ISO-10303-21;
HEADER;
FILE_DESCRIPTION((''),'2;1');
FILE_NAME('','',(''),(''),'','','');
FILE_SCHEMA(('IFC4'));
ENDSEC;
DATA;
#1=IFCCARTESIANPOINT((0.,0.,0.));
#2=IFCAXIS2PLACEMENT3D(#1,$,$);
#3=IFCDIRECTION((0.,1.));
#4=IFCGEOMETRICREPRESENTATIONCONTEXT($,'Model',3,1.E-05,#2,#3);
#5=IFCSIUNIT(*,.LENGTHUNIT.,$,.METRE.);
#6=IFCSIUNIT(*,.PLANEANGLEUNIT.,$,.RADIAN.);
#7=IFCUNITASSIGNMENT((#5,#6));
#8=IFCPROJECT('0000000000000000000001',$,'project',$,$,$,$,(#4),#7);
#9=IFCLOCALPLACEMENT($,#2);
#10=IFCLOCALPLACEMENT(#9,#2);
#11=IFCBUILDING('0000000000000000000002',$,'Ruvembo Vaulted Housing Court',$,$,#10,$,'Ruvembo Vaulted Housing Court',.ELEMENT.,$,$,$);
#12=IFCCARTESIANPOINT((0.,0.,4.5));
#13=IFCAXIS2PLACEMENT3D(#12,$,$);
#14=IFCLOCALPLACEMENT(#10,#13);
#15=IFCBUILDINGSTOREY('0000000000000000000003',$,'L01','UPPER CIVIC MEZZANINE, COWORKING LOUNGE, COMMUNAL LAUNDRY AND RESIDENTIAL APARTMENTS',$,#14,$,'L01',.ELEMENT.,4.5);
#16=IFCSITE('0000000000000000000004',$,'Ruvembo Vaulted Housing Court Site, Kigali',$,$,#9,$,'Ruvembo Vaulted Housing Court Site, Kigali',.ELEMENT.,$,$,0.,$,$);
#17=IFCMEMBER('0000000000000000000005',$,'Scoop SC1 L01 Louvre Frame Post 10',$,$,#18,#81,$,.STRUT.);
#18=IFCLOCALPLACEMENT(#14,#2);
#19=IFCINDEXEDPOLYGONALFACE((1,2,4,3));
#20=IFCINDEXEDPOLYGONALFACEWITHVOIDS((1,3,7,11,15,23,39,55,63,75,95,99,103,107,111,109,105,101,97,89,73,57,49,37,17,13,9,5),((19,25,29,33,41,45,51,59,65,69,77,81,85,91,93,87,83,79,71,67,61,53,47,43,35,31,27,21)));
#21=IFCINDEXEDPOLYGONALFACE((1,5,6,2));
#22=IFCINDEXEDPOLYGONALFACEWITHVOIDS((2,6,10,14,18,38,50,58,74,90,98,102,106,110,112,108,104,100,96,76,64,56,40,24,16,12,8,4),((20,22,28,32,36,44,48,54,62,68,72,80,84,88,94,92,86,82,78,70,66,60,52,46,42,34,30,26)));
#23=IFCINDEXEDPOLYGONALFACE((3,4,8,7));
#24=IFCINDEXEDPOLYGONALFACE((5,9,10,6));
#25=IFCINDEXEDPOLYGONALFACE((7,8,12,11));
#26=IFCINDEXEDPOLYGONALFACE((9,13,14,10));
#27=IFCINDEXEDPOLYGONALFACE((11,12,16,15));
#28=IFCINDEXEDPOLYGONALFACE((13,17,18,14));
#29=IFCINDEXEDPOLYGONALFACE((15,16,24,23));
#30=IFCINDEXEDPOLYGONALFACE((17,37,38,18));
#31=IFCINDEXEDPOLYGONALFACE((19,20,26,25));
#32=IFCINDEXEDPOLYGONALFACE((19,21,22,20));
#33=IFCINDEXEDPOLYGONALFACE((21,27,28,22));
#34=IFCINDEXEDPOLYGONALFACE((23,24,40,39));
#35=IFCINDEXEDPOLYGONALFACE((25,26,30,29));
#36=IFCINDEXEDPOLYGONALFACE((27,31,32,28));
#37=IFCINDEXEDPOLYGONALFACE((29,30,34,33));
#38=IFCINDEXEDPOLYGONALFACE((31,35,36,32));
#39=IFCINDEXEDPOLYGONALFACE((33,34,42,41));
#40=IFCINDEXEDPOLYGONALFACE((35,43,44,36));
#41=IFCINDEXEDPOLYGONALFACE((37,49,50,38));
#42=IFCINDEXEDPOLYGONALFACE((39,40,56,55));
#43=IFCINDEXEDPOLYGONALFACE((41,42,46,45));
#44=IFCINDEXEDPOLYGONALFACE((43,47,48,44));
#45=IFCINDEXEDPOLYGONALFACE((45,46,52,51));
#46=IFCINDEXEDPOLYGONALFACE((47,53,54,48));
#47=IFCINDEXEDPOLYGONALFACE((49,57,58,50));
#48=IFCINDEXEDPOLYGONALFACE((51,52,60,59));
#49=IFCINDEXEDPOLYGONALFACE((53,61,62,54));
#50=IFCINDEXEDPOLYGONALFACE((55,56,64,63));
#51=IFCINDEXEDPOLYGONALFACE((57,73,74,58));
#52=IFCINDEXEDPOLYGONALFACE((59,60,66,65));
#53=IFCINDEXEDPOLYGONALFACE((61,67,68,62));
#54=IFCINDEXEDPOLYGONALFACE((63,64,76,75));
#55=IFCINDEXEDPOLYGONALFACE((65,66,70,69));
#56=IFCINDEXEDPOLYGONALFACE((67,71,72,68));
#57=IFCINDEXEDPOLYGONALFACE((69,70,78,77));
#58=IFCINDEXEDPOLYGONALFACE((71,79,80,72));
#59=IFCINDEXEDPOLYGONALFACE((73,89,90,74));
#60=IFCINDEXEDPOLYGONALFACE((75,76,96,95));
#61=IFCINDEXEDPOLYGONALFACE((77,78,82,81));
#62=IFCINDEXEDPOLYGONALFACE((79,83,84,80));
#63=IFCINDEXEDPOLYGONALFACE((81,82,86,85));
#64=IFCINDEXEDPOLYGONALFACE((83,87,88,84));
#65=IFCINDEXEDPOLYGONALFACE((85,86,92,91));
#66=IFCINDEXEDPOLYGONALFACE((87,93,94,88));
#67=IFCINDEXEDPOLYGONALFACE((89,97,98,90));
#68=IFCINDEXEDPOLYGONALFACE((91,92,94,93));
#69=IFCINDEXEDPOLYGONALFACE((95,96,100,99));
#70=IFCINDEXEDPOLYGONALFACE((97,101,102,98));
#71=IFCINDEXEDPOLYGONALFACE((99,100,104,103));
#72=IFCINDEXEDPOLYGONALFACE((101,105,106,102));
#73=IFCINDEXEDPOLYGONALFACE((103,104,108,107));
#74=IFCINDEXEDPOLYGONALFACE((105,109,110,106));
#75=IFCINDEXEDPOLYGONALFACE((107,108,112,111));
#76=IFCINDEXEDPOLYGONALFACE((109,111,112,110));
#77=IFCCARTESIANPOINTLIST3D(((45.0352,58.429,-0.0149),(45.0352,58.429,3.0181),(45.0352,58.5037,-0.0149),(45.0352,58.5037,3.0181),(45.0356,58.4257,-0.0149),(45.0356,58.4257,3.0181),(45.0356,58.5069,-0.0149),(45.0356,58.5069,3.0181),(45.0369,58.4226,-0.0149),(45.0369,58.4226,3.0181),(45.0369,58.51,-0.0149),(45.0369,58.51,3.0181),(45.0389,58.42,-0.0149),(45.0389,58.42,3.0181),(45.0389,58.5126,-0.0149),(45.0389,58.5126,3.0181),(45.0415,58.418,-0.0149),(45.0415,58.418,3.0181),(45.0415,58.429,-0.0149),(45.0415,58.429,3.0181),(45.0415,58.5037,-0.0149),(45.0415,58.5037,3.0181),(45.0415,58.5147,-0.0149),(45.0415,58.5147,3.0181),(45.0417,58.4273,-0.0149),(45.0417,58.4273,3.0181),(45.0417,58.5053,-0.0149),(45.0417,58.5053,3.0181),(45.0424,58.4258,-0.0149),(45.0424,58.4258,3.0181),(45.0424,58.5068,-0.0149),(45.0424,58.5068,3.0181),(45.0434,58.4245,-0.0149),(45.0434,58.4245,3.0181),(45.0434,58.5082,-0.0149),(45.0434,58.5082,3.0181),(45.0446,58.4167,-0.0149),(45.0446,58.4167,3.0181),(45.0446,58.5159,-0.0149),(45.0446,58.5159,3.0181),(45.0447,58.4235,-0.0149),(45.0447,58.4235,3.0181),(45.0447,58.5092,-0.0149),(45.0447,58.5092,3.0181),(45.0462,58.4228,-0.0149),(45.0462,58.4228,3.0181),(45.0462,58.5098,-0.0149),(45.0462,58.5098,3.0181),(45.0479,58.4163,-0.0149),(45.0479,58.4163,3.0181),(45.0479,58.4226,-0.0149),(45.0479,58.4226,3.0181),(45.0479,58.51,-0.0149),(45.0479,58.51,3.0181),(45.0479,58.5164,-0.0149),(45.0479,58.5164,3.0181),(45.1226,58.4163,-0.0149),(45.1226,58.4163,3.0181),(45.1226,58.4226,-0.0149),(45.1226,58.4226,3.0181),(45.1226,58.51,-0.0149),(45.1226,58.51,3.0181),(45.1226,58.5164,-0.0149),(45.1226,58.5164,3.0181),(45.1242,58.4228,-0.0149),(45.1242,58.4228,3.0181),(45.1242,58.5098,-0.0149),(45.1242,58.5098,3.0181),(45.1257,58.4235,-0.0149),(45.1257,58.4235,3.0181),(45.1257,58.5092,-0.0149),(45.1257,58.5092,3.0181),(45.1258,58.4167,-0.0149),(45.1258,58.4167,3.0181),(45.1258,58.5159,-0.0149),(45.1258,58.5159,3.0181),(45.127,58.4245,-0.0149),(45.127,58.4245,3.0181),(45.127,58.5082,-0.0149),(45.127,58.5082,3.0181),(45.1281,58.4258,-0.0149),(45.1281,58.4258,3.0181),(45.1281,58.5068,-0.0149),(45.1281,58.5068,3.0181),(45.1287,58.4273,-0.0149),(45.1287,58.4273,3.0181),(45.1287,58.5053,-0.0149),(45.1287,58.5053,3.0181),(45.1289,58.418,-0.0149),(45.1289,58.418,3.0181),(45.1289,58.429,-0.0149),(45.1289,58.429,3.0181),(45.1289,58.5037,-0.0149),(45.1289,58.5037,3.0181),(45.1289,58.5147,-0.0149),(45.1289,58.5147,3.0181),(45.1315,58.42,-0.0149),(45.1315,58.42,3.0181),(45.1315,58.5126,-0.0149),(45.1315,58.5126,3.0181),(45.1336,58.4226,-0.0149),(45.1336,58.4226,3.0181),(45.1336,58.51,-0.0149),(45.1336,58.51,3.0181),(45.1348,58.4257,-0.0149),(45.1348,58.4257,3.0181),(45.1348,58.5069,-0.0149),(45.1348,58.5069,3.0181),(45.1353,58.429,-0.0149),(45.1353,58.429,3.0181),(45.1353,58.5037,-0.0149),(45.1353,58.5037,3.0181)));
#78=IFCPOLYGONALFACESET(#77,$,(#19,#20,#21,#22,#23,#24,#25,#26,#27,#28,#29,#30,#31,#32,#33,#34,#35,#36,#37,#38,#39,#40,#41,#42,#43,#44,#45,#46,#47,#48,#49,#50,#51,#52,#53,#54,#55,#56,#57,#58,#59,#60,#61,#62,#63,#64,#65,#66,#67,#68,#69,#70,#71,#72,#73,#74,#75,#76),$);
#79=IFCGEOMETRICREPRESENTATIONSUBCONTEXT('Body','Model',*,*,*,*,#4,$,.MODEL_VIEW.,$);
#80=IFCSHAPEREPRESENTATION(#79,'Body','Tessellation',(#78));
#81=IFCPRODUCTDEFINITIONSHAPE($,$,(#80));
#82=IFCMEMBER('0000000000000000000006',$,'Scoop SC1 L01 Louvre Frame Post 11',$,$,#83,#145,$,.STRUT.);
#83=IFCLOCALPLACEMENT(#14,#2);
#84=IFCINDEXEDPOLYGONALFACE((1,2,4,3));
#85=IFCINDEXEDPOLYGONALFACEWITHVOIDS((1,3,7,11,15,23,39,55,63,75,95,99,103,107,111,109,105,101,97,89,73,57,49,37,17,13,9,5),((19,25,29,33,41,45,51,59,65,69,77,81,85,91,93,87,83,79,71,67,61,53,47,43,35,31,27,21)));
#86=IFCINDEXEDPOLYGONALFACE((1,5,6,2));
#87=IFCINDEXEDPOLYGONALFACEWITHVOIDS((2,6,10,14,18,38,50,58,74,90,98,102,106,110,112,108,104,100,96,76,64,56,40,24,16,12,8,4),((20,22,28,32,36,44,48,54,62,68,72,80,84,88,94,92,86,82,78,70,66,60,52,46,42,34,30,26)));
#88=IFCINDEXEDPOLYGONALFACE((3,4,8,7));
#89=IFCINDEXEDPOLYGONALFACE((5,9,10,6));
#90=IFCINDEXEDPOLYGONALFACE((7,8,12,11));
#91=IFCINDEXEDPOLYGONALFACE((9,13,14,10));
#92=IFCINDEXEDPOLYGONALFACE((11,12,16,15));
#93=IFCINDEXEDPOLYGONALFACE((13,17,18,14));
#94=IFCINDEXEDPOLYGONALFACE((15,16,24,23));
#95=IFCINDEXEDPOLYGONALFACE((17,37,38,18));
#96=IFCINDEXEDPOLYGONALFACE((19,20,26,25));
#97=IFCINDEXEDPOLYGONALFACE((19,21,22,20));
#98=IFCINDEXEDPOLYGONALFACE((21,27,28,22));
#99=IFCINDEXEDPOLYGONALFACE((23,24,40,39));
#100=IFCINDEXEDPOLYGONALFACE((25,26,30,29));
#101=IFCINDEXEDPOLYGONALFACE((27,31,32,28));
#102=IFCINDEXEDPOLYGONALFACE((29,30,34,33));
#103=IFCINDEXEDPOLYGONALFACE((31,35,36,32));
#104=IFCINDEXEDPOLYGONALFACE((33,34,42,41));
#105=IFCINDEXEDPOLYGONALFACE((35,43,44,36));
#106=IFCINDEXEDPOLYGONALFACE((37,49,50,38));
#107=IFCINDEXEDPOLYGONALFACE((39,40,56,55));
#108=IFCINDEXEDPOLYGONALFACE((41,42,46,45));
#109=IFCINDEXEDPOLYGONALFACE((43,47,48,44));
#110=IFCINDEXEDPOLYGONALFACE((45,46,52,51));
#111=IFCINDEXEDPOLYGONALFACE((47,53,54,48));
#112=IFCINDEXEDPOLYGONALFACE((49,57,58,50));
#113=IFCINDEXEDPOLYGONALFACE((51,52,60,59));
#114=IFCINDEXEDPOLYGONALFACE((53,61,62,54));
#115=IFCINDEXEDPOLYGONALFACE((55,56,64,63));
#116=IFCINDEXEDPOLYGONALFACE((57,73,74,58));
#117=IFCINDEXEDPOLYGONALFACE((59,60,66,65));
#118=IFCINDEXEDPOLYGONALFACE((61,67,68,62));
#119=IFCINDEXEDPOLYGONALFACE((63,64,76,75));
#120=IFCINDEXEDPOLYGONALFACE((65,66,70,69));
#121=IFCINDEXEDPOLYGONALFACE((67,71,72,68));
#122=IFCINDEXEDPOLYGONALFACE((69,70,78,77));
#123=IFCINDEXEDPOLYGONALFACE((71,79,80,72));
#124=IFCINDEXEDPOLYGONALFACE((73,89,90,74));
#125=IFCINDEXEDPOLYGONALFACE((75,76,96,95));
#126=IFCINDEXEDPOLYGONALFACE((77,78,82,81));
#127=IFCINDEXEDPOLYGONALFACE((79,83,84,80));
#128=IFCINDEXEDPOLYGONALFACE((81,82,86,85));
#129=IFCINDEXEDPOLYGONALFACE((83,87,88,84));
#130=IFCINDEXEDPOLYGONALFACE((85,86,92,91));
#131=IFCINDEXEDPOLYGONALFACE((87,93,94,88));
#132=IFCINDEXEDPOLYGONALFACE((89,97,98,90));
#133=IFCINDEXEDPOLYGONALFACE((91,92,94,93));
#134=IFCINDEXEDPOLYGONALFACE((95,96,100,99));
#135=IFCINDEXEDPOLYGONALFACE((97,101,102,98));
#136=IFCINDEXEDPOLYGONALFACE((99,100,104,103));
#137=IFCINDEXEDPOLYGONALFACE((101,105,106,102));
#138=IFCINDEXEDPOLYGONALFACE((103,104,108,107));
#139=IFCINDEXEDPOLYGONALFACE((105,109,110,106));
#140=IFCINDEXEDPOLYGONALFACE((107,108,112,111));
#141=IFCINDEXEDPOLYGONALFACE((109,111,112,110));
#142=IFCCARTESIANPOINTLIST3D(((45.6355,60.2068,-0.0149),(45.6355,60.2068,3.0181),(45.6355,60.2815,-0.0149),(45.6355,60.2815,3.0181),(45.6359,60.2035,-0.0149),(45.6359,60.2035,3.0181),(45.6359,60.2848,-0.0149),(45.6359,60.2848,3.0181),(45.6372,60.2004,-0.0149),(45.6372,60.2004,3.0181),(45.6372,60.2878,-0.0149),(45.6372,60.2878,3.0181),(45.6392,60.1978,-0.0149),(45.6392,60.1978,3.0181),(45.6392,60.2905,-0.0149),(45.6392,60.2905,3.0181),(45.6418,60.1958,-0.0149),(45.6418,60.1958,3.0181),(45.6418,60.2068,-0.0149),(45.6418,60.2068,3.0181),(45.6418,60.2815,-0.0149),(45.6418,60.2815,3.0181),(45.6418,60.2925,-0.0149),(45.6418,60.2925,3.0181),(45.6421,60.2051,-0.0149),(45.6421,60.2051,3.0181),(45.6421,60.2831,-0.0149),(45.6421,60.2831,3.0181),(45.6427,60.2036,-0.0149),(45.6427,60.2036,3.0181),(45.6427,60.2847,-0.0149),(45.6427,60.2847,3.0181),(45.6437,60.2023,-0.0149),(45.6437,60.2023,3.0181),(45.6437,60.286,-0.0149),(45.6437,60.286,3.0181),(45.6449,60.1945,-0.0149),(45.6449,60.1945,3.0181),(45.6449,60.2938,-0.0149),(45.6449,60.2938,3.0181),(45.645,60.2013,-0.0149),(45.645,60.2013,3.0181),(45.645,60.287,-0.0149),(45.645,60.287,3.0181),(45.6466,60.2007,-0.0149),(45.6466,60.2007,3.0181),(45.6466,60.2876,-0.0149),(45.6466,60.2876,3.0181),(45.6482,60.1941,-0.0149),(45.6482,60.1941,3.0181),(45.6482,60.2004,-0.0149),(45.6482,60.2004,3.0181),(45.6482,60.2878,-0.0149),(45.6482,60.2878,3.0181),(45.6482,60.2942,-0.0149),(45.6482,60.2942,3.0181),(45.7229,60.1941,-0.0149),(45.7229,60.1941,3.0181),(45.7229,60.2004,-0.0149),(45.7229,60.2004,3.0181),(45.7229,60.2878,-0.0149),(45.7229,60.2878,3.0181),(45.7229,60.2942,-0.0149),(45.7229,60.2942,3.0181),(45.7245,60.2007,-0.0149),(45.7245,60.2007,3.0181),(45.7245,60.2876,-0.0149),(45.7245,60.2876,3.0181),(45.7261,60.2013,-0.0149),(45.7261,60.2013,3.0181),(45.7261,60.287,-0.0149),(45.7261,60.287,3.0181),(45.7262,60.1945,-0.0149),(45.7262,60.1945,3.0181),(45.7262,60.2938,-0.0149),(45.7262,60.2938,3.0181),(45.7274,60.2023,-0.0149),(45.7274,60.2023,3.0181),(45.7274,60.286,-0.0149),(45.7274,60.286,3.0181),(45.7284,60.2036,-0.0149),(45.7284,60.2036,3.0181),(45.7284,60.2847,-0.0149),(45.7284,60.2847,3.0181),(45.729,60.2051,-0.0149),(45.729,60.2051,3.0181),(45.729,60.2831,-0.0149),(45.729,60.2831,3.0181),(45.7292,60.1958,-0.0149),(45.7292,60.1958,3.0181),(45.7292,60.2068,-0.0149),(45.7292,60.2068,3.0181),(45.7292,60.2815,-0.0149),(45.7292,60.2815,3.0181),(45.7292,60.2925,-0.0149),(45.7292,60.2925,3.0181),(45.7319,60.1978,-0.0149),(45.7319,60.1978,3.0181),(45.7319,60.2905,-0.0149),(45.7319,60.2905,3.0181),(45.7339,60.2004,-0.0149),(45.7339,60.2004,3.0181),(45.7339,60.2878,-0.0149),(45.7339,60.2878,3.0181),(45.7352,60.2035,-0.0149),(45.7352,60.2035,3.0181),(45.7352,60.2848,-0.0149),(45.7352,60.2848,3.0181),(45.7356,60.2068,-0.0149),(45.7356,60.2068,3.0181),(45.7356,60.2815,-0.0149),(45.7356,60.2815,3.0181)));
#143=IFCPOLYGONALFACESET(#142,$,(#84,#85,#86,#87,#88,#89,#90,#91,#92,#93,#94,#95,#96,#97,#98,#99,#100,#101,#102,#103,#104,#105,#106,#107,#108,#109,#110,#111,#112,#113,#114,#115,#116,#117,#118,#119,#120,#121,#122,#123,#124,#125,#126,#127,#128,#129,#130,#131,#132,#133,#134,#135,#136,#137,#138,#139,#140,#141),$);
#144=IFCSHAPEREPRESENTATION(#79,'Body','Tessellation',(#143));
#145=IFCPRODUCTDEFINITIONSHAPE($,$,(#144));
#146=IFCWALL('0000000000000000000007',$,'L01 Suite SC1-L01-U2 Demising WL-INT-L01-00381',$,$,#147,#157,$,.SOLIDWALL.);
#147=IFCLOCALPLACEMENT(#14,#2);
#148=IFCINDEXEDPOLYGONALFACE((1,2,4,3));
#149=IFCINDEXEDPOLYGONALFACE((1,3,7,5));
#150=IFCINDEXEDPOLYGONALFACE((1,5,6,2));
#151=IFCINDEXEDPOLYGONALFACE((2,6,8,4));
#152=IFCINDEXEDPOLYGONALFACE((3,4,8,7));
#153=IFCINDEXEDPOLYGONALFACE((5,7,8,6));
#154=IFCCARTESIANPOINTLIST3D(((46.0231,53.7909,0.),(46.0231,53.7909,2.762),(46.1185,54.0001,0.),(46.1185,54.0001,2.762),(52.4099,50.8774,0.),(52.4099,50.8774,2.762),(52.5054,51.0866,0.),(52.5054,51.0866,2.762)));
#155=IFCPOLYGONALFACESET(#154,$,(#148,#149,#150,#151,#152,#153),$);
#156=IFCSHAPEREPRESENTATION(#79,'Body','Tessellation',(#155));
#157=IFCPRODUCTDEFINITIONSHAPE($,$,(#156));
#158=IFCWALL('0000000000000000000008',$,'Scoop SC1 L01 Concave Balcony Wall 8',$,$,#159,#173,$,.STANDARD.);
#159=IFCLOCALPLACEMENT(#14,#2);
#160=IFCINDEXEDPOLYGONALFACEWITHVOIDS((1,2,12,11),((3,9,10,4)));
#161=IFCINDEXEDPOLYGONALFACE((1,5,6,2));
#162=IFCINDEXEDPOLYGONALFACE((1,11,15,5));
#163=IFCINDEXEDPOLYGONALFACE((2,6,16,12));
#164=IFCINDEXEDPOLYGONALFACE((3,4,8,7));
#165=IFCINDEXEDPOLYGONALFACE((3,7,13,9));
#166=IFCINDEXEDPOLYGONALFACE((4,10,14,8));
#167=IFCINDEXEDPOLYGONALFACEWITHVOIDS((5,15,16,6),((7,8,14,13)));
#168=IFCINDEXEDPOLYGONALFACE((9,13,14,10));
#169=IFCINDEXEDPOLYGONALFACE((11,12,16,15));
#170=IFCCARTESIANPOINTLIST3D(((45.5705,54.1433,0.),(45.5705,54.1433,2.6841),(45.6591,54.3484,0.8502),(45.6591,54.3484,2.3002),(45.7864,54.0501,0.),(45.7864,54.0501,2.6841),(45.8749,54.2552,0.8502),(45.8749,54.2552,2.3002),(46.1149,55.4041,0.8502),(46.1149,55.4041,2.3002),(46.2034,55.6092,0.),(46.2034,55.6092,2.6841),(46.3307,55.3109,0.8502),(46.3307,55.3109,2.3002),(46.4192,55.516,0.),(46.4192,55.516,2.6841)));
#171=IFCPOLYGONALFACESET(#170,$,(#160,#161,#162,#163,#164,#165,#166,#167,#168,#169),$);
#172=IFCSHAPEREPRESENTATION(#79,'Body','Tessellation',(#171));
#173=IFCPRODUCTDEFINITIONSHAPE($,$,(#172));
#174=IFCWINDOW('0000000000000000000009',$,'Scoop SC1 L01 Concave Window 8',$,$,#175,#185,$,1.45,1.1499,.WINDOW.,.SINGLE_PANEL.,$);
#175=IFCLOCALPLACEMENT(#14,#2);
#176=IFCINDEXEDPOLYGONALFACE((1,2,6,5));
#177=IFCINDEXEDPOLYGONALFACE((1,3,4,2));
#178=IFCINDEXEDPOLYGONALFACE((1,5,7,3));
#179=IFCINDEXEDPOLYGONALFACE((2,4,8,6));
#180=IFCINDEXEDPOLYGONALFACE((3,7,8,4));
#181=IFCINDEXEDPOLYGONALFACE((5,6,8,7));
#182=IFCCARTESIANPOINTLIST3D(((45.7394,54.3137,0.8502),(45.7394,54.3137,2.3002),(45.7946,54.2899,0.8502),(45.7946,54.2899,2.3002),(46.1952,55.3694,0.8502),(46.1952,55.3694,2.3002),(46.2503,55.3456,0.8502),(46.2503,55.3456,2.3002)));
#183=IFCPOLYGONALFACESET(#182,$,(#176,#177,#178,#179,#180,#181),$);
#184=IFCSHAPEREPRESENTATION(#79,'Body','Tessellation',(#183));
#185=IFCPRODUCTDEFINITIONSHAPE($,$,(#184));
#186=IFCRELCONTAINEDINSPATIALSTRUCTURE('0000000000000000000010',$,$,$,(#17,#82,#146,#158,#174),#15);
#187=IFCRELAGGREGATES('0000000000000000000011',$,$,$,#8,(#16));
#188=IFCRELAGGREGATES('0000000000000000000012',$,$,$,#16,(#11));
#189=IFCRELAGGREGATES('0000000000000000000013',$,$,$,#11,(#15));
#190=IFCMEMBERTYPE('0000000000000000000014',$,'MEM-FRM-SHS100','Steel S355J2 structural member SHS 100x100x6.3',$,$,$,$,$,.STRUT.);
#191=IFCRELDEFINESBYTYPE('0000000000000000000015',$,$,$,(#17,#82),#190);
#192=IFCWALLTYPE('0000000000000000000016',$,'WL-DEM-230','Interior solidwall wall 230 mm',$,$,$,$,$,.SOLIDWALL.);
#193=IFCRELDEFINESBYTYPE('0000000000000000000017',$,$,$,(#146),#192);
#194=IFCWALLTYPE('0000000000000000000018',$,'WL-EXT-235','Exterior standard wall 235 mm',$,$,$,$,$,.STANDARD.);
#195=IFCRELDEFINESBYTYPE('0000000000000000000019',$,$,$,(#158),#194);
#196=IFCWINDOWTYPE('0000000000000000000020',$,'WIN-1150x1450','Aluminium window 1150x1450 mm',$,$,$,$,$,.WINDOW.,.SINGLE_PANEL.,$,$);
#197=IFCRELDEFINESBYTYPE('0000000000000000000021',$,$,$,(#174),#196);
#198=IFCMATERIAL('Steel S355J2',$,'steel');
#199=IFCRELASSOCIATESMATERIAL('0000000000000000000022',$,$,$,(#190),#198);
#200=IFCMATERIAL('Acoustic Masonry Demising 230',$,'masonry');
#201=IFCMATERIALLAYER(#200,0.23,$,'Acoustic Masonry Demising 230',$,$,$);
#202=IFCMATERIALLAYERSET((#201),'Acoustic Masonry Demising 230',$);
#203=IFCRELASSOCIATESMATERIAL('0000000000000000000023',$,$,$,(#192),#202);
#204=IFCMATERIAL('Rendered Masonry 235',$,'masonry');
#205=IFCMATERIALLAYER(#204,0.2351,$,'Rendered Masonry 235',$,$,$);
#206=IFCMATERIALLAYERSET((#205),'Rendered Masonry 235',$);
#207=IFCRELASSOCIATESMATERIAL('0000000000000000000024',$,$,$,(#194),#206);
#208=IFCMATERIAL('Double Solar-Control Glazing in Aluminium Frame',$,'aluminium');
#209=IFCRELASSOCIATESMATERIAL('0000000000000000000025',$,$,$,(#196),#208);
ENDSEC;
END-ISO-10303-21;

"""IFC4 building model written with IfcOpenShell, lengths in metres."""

from ifc_helpers import new_model, si_unit, direction, frame, frame_2d, origin, origin_2d, place, context, subcontext, project, spatial, rectangle, hollow_rectangle, extrude, material, layer, layer_set, material_profile, profile_set, type_object, element, fill, save


model = new_model("IFC4")

# Units and contexts
model_context = context("Model", 3, precision=1e-05, world=origin(), true_north=direction((0.0, 1.0)))
body_context = subcontext(model_context, "Body", "Model", "MODEL_VIEW")
ifc_project = project(units=[si_unit("LENGTHUNIT", "METRE"), si_unit("PLANEANGLEUNIT", "RADIAN")], contexts=[model_context])

# Site, building, storey
site_placement = place(None, origin())
site = spatial("IfcSite", under=ifc_project, at=site_placement, Name="Ruvembo Vaulted Housing Court Site, Kigali", LongName="Ruvembo Vaulted Housing Court Site, Kigali", CompositionType="ELEMENT", RefElevation=0.0)
building_placement = place(site_placement, origin())
building = spatial("IfcBuilding", under=site, at=building_placement, Name="Ruvembo Vaulted Housing Court", LongName="Ruvembo Vaulted Housing Court", CompositionType="ELEMENT")
storey_placement = place(building_placement, frame((0.0, 0.0, 4.5)))
storey = spatial("IfcBuildingStorey", under=building, at=storey_placement, Name="L01", Description="UPPER CIVIC MEZZANINE, COWORKING LOUNGE, COMMUNAL LAUNDRY AND RESIDENTIAL APARTMENTS", LongName="L01", CompositionType="ELEMENT", Elevation=4.5)

# Shared definitions
ifc_material_1 = material(Name="Steel S355J2", Category="steel")

# Members
ifc_material_profile_1 = material_profile(ifc_material_1, hollow_rectangle(XDim=0.1001, YDim=0.1001, WallThickness=0.0063, InnerFilletRadius=0.0063, OuterFilletRadius=0.0127, at=origin_2d()), Name="SHS 100x100x6.3")
ifc_profile_set_1 = profile_set([ifc_material_profile_1], Name="Steel S355J2")
member_type_1 = type_object("IfcMemberType", Name="MEM-FRM-SHS100", Description="Steel S355J2 structural member SHS 100x100x6.3", PredefinedType="STRUT", material=ifc_profile_set_1)
for number, where, z_axis, x_axis, name in (
    (1, (45.0852, 58.4663, -0.0149), (0.0, 0.0, 1.0), (1.0, 0.0, 0.0), "Scoop SC1 L01 Louvre Frame Post 10"),
    (2, (45.6855, 60.2441, -0.0149), (0.0, 0.0, 1.0), (1.0, 0.0, 0.0), "Scoop SC1 L01 Louvre Frame Post 11"),
):
    element("IfcMember", number, at=place(storey_placement, frame(where, z_axis=z_axis, x_axis=x_axis)), inside=storey, type_object=member_type_1, Name=name, PredefinedType="STRUT", context=body_context, shape_type="SweptSolid", body=[
        extrude(hollow_rectangle(XDim=0.1001, YDim=0.1001, WallThickness=0.0063, InnerFilletRadius=0.0063, OuterFilletRadius=0.0127, at=origin_2d()), origin(), (0.0, 0.0, 1.0), 3.033),
    ])

# Wall
ifc_material_2 = material(Name="Acoustic Masonry Demising 230", Category="masonry")
ifc_layer_1 = layer(ifc_material_2, 0.23, Name="Acoustic Masonry Demising 230")
ifc_layer_set_1 = layer_set([ifc_layer_1], Name="Acoustic Masonry Demising 230")
wall_type_1 = type_object("IfcWallType", Name="WL-DEM-230", Description="Interior solidwall wall 230 mm", PredefinedType="SOLIDWALL", material=ifc_layer_set_1)
wall_1_placement = place(storey_placement, frame((46.0708, 53.8955, 0.0), z_axis=(0.0, 0.0, 1.0), x_axis=(0.909807, -0.415031, 0.0)))
element("IfcWall", 3, at=wall_1_placement, inside=storey, type_object=wall_type_1, Name="L01 Suite SC1-L01-U2 Demising WL-INT-L01-00381", PredefinedType="SOLIDWALL", context=body_context, shape_type="SweptSolid", body=[
    extrude(rectangle(XDim=7.02, YDim=0.23, at=frame_2d((3.51, 0.0))), origin(), (0.0, 0.0, 1.0), 2.762),
])

# Shared definitions
ifc_material_3 = material(Name="Rendered Masonry 235", Category="masonry")
ifc_layer_2 = layer(ifc_material_3, 0.2351, Name="Rendered Masonry 235")
ifc_layer_set_2 = layer_set([ifc_layer_2], Name="Rendered Masonry 235")
wall_type_2 = type_object("IfcWallType", Name="WL-EXT-235", Description="Exterior standard wall 235 mm", PredefinedType="STANDARD", material=ifc_layer_set_2)

# Wall, opening, window
wall_2_placement = place(storey_placement, frame((45.6785, 54.0967, 0.0), z_axis=(0.0, 0.0, 1.0), x_axis=(0.396354, 0.918098, 0.0)))
wall_2 = element("IfcWall", 4, at=wall_2_placement, inside=storey, type_object=wall_type_2, Name="Scoop SC1 L01 Concave Balcony Wall 8", PredefinedType="STANDARD", context=body_context, shape_type="SweptSolid", body=[
    extrude(rectangle(XDim=1.5967, YDim=0.2351, at=frame_2d((0.7983, 0.0))), origin(), (0.0, 0.0, 1.0), 2.6841),
])
opening_1_placement = place(wall_2_placement, frame((0.2234, 0.0, 0.8501)))
opening_1 = element("IfcOpeningElement", 5, at=opening_1_placement, cuts=wall_2, PredefinedType="OPENING", context=body_context, shape_type="SweptSolid", body=[
    extrude(rectangle(XDim=1.1499, YDim=1.45, at=frame_2d((0.575, 0.7251))), frame((0.0, 0.1274, 0.0), z_axis=(0.0, -1.0, 0.0), x_axis=(1.0, 0.0, 0.0)), (0.0, 0.0, 1.0), 0.2551),
])
ifc_material_4 = material(Name="Double Solar-Control Glazing in Aluminium Frame", Category="aluminium")
window_type_1 = type_object("IfcWindowType", Name="WIN-1150x1450", Description="Aluminium window 1150x1450 mm", PartitioningType="SINGLE_PANEL", PredefinedType="WINDOW", material=ifc_material_4)
window_1_placement = place(opening_1_placement, origin())
window_1 = element("IfcWindow", 6, at=window_1_placement, inside=storey, type_object=window_type_1, Name="Scoop SC1 L01 Concave Window 8", OverallHeight=1.45, OverallWidth=1.1499, PartitioningType="SINGLE_PANEL", PredefinedType="WINDOW", context=body_context, shape_type="SweptSolid", body=[
    extrude(rectangle(XDim=1.1499, YDim=1.45, at=frame_2d((0.575, 0.7251))), frame((0.0, 0.03, 0.0), z_axis=(0.0, -1.0, 0.0), x_axis=(1.0, 0.0, 0.0)), (0.0, 0.0, 1.0), 0.0601),
])
fill(opening_1, window_1)

save(model, "model.ifc")
